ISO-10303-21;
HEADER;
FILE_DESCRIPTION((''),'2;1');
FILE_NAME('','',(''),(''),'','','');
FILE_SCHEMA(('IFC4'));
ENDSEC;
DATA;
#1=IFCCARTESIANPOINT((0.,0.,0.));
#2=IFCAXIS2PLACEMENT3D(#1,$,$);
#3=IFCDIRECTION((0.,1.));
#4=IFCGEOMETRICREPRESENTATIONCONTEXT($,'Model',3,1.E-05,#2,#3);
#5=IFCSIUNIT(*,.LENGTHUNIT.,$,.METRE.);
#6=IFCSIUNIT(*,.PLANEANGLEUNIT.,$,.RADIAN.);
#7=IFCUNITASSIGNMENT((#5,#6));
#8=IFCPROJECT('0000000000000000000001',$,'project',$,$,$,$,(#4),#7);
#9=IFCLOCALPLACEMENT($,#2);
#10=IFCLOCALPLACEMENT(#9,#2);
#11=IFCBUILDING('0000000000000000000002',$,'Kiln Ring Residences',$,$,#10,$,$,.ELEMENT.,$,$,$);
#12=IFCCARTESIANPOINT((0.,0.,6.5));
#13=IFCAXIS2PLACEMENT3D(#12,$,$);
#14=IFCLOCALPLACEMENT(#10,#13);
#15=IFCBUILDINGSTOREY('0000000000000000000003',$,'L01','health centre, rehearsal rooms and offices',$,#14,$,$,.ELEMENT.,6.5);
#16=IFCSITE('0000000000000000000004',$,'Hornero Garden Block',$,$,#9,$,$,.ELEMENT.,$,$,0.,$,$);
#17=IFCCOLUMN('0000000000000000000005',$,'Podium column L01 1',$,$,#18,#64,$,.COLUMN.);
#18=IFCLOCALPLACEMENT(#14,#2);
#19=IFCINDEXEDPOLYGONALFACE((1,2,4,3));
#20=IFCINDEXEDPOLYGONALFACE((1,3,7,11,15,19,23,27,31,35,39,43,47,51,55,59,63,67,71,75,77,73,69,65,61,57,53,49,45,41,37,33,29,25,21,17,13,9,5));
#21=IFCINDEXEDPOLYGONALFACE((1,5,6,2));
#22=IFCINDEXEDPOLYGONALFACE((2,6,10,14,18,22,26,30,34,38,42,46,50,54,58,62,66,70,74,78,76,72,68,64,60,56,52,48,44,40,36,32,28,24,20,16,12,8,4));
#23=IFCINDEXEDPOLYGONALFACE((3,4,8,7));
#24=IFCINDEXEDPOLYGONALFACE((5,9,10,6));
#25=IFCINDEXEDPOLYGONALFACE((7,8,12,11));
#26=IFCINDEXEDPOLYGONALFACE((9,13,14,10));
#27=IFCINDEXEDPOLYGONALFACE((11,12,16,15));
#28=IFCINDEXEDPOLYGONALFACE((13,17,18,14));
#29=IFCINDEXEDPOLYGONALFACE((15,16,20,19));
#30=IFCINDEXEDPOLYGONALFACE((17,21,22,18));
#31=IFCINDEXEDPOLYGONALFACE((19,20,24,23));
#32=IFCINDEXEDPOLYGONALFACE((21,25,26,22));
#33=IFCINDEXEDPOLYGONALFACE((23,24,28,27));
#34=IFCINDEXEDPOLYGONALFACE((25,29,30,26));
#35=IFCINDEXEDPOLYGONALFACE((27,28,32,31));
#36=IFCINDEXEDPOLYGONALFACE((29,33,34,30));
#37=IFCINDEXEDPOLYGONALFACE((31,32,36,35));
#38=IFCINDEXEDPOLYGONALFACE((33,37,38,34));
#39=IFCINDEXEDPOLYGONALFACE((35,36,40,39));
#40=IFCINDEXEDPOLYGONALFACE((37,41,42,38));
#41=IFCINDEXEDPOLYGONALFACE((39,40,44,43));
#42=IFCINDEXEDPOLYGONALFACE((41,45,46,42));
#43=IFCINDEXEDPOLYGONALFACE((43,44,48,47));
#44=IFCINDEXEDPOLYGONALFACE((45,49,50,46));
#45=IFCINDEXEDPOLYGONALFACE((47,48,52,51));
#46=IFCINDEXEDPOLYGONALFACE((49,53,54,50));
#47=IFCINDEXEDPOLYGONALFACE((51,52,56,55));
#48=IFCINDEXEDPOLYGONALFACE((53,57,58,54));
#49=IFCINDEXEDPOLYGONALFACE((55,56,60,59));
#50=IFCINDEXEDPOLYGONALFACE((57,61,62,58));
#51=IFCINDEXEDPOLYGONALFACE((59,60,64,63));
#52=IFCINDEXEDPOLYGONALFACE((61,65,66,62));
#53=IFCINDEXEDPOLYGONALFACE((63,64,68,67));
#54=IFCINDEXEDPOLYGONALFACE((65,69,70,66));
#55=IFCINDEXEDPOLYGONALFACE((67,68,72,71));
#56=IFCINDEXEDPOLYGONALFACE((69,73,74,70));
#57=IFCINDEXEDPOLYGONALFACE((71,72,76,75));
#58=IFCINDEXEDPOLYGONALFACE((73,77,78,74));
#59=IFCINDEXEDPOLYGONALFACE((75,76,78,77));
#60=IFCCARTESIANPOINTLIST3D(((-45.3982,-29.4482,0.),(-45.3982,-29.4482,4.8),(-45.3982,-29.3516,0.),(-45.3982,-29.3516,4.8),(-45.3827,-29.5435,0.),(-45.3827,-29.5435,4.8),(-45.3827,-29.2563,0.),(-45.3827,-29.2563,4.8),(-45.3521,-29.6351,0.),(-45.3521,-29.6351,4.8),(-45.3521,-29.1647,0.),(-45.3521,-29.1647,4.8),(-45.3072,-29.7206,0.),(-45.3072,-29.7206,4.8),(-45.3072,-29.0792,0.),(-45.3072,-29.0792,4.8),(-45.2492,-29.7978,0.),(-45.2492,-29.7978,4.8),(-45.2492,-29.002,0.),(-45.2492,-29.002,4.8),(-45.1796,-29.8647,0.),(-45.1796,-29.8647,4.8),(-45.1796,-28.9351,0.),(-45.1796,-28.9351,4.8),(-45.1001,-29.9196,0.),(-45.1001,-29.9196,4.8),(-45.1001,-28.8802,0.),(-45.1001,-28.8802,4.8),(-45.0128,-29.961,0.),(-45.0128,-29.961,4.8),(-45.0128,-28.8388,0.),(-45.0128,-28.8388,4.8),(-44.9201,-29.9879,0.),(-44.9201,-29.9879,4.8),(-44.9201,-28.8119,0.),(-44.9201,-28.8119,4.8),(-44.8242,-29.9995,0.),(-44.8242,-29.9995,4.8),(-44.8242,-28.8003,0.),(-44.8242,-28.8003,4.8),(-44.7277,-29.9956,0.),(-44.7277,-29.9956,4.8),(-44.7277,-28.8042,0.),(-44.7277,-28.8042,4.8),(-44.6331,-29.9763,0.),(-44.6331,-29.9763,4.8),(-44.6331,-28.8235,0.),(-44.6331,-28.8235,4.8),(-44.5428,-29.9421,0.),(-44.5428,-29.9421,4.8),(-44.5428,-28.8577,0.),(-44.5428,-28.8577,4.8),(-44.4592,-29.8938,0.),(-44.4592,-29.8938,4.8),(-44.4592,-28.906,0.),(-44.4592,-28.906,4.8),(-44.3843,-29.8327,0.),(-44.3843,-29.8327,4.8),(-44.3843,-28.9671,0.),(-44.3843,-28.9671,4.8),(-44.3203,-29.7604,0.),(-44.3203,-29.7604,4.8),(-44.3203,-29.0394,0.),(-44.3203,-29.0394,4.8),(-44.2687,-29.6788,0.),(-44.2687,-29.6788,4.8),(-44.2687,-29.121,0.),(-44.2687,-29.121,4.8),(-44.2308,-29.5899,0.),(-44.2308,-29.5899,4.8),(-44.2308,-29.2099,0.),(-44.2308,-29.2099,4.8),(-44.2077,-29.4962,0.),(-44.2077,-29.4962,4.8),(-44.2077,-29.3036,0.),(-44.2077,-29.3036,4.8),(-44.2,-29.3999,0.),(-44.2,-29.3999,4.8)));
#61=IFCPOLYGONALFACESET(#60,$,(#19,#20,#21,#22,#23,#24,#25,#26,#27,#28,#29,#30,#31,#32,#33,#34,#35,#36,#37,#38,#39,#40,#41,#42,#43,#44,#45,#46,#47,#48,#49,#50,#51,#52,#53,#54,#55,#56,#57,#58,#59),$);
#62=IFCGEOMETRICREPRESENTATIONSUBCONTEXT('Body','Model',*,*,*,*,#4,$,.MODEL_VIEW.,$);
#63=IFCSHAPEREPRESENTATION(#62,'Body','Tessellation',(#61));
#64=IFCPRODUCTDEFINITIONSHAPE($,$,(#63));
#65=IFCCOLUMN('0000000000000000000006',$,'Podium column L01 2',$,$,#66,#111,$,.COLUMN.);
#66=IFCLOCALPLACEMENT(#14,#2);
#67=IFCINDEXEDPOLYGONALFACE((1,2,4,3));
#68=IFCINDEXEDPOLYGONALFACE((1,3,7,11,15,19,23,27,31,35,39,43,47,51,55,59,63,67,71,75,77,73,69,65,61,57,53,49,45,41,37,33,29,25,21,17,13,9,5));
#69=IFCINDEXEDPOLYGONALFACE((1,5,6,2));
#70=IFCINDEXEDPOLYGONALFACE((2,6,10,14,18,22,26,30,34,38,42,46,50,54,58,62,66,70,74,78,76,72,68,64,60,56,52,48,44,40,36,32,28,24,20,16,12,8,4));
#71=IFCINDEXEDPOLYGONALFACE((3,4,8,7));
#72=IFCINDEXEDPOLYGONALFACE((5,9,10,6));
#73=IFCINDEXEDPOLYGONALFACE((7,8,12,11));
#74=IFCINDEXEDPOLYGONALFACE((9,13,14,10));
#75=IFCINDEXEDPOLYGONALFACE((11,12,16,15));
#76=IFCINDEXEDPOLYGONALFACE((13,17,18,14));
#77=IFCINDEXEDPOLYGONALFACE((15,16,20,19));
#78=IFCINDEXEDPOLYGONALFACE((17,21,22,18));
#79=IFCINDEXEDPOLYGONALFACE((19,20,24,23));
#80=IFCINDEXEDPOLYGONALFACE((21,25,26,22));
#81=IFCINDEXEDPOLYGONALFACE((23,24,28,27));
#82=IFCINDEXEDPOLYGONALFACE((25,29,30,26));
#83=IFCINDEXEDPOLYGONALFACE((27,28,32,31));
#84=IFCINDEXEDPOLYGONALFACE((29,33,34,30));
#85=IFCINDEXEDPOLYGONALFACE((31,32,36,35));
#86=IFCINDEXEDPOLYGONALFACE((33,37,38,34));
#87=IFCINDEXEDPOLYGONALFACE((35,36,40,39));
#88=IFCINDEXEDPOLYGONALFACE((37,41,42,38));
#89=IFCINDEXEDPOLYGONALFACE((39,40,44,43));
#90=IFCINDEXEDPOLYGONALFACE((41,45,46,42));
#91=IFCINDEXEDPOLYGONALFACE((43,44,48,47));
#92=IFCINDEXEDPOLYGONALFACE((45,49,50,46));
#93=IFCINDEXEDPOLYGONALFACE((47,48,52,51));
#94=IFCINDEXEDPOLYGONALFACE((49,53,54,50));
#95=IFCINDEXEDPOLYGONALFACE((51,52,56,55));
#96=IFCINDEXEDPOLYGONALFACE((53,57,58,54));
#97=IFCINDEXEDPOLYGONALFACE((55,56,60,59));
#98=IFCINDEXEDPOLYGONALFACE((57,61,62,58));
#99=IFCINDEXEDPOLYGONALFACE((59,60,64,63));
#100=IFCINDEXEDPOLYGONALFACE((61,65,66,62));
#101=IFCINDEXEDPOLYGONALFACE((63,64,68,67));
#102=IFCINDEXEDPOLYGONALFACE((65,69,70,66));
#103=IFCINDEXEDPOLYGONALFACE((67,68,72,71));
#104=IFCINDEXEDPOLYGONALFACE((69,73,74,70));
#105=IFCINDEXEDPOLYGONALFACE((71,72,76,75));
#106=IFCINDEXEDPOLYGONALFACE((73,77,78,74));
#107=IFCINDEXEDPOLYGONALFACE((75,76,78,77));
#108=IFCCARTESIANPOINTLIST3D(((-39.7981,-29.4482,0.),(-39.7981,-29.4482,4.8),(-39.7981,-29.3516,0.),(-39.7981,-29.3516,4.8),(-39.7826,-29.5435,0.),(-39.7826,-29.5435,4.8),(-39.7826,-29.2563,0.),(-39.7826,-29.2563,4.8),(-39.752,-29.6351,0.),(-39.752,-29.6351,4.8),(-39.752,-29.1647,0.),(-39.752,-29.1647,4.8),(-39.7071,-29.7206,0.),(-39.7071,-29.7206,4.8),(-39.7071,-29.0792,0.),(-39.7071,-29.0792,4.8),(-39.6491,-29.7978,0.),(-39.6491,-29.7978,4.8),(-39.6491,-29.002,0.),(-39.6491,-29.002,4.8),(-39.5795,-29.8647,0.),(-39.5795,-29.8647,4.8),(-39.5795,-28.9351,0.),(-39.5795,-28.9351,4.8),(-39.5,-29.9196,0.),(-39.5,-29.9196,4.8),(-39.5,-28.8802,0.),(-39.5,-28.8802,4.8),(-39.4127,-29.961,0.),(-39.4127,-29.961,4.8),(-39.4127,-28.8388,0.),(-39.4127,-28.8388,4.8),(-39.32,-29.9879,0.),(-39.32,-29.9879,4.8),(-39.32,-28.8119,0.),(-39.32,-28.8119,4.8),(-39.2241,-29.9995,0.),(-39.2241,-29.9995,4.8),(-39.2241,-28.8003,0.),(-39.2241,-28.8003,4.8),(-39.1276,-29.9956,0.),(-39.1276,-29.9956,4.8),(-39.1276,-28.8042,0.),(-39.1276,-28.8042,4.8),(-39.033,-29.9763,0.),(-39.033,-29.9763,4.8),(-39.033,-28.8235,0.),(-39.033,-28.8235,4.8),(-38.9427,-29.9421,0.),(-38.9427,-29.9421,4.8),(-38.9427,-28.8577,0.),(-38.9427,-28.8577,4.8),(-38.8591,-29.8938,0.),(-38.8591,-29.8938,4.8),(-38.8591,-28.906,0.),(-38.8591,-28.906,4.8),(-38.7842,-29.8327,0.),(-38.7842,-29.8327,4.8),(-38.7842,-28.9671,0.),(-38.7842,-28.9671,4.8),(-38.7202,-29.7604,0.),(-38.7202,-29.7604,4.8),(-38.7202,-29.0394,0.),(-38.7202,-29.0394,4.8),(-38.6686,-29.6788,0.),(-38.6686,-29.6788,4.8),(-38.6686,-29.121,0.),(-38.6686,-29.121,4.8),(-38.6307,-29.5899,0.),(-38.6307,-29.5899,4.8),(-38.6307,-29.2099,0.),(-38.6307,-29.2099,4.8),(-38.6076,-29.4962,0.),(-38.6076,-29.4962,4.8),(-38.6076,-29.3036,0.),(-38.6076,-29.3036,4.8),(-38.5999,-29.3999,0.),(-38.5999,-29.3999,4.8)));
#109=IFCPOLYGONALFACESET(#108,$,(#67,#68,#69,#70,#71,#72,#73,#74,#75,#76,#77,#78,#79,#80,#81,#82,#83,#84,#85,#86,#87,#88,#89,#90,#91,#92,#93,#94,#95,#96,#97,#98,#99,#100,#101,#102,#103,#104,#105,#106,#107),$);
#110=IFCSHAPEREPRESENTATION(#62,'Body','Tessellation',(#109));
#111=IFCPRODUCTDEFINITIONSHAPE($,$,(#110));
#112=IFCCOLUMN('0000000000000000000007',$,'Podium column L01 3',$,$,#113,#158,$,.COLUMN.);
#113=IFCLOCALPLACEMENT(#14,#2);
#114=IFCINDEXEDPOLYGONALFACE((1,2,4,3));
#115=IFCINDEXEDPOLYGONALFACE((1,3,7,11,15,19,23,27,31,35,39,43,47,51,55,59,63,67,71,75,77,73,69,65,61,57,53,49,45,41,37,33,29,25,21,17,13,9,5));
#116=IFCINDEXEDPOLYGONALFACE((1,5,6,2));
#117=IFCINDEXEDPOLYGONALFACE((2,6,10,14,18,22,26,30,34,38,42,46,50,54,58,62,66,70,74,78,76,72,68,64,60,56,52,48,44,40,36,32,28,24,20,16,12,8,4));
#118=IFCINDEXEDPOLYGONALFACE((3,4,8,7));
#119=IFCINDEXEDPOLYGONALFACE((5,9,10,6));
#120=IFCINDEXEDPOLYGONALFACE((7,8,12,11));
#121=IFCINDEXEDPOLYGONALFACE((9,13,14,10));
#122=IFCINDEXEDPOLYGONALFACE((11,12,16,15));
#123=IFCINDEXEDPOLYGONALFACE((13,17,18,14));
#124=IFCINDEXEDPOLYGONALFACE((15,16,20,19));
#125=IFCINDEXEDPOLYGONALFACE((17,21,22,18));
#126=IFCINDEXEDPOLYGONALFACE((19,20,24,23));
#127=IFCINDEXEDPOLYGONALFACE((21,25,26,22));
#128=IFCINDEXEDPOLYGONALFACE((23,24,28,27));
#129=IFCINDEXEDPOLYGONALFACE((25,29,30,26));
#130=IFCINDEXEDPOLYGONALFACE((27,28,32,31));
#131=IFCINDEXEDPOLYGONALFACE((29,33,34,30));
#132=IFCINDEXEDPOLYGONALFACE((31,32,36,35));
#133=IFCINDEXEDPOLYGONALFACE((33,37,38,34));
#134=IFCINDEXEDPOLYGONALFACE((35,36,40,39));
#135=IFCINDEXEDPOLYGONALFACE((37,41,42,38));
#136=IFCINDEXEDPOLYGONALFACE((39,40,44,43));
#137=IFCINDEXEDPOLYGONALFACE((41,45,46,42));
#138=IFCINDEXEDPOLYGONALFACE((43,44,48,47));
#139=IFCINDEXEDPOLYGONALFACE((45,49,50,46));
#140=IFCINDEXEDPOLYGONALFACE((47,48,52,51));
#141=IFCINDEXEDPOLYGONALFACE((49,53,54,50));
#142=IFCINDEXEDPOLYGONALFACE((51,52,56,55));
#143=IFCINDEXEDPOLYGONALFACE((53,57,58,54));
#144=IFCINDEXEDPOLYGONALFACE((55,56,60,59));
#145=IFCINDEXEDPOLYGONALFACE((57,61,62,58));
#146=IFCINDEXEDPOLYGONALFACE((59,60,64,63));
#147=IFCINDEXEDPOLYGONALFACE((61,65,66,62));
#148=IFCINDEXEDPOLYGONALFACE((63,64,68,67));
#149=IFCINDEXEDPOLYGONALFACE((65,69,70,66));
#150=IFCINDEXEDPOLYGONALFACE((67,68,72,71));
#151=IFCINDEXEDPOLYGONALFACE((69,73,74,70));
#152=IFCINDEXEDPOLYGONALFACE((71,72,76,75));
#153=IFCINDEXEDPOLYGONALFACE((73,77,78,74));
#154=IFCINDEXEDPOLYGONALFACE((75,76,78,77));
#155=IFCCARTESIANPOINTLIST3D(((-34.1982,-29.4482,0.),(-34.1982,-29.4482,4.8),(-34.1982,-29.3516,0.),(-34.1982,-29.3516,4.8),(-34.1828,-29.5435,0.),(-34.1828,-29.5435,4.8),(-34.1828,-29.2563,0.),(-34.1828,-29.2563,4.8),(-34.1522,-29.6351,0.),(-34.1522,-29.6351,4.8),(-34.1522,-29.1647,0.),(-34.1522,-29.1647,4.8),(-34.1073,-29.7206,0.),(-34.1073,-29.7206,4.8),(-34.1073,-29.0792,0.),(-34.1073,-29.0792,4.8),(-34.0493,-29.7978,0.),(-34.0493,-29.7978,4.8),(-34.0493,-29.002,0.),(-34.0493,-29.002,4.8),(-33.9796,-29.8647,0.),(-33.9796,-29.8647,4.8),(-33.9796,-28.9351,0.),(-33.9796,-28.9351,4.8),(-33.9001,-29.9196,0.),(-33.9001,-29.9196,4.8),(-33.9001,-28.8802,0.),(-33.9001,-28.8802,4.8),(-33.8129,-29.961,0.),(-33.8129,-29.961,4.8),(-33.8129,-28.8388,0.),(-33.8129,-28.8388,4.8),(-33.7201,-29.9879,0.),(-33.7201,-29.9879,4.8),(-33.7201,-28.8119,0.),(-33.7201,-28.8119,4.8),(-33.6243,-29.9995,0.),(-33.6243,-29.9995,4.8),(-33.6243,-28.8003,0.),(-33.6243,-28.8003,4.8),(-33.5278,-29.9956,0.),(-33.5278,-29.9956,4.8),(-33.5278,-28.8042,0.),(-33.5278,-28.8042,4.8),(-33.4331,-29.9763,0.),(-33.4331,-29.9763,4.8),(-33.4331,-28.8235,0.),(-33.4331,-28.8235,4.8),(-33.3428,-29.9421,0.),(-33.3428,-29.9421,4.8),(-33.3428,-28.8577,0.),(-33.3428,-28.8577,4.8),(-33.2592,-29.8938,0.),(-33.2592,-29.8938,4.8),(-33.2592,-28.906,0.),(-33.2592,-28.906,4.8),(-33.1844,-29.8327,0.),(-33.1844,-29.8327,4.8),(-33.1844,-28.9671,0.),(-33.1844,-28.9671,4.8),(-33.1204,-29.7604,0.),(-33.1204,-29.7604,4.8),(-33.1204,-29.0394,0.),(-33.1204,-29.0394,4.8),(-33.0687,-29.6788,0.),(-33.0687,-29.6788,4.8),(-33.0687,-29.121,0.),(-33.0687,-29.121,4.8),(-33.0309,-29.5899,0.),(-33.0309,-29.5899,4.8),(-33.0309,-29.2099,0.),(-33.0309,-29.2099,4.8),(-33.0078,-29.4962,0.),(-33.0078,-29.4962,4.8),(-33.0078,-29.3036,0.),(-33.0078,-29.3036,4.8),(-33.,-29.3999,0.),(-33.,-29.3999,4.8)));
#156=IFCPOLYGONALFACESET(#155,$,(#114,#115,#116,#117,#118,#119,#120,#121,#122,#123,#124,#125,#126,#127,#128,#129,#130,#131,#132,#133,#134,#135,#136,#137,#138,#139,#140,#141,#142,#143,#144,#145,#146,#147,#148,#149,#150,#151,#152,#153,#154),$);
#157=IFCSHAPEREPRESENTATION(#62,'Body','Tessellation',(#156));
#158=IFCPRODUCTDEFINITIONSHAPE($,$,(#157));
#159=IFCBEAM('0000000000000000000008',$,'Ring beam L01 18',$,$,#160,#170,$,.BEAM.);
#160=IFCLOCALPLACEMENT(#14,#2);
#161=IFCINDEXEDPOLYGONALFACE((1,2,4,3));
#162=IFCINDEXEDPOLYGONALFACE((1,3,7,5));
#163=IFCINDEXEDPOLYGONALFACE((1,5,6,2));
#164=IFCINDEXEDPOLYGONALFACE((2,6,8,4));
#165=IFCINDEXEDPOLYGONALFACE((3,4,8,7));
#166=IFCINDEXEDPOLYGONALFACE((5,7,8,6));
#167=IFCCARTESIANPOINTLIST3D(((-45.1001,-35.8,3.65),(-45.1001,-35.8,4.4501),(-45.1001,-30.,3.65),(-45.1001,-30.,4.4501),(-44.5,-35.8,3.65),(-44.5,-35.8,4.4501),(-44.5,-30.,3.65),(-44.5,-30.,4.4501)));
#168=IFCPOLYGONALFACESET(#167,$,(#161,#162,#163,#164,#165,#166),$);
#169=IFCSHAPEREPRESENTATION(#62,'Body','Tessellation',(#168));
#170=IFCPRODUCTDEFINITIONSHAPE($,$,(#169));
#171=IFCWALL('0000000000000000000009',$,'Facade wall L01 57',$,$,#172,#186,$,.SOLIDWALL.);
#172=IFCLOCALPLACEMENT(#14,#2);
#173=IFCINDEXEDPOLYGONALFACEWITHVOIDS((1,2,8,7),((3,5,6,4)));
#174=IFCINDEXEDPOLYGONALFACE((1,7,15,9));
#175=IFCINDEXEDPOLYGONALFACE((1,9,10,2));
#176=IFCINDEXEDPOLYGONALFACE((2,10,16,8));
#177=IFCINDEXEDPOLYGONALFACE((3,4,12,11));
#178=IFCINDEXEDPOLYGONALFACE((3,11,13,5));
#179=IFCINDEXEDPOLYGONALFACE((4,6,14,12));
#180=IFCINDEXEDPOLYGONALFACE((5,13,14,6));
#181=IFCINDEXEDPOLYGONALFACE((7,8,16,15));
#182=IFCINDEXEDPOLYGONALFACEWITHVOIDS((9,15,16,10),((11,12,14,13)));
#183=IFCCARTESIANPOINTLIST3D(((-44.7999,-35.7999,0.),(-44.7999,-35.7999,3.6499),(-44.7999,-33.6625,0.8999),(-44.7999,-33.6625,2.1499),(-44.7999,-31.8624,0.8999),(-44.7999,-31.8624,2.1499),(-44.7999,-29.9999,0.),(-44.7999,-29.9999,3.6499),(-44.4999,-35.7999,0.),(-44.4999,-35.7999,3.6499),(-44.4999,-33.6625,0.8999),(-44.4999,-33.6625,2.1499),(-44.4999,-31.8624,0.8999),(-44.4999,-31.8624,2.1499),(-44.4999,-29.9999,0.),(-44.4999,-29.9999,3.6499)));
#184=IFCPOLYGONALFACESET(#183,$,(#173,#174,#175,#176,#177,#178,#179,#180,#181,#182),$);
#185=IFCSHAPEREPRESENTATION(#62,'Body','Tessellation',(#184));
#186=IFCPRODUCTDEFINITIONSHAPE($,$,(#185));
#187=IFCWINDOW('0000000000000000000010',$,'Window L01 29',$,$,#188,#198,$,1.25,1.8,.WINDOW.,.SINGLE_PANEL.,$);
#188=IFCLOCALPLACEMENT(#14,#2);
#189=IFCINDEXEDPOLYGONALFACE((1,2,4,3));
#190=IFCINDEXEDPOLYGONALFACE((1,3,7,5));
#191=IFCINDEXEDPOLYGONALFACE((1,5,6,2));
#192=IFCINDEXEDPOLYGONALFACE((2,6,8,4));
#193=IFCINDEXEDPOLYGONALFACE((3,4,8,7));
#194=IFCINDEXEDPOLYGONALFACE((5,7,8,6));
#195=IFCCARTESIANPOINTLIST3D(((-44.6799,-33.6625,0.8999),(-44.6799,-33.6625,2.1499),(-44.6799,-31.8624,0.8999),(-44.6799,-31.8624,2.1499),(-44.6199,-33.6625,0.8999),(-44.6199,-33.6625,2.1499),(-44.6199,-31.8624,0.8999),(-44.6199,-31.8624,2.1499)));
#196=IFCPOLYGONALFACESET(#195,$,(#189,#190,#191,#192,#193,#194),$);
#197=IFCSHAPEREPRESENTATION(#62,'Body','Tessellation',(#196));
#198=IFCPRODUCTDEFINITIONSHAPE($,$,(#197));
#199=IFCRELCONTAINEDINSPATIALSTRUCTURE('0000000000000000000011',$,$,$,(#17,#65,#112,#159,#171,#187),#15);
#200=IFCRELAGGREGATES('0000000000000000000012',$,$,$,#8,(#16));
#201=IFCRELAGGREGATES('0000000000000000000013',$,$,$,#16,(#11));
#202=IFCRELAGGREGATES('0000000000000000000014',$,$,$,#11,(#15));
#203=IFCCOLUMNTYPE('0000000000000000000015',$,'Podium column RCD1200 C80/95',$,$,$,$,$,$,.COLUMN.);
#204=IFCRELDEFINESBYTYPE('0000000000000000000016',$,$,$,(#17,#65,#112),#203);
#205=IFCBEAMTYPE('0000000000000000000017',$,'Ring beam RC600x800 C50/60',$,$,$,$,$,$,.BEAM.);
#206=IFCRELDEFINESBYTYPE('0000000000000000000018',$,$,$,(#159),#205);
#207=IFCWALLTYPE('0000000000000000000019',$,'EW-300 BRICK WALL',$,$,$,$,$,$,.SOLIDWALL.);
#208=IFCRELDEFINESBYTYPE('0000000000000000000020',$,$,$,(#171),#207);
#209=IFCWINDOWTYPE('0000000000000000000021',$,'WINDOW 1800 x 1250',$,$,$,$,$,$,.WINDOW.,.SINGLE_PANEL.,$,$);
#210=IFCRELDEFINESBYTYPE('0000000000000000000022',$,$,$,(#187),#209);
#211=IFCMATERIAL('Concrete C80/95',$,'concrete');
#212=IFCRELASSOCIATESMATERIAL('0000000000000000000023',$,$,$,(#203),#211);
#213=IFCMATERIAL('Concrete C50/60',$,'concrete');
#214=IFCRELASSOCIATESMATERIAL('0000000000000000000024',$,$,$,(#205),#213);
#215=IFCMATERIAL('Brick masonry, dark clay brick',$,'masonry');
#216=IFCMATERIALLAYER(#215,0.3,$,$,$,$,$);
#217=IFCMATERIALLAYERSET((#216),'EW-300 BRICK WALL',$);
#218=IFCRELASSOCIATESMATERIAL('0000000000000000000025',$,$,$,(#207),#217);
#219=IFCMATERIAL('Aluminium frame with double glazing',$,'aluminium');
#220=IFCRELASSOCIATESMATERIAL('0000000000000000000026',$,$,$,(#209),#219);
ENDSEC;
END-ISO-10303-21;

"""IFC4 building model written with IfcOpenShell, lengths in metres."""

from ifc_helpers import new_model, si_unit, direction, frame, frame_2d, origin, origin_2d, place, context, subcontext, project, spatial, rectangle, circle, extrude, material, layer, layer_set, material_profile, profile_set, type_object, element, fill, save


model = new_model("IFC4")

# Units and contexts
model_context = context("Model", 3, precision=1e-05, world=origin(), true_north=direction((0.0, 1.0)))
body_context = subcontext(model_context, "Body", "Model", "MODEL_VIEW")
ifc_project = project(units=[si_unit("LENGTHUNIT", "METRE"), si_unit("PLANEANGLEUNIT", "RADIAN")], contexts=[model_context])

# Site, building, storey
site_placement = place(None, origin())
site = spatial("IfcSite", under=ifc_project, at=site_placement, Name="Hornero Garden Block", CompositionType="ELEMENT", RefElevation=0.0)
building_placement = place(site_placement, origin())
building = spatial("IfcBuilding", under=site, at=building_placement, Name="Kiln Ring Residences", CompositionType="ELEMENT")
storey_placement = place(building_placement, frame((0.0, 0.0, 6.5)))
storey = spatial("IfcBuildingStorey", under=building, at=storey_placement, Name="L01", Description="health centre, rehearsal rooms and offices", CompositionType="ELEMENT", Elevation=6.5)

# Columns
ifc_material_1 = material(Name="Concrete C80/95", Category="concrete")
ifc_material_profile_1 = material_profile(ifc_material_1, circle(Radius=0.6001, at=origin_2d()), Name="RCD1200")
ifc_profile_set_1 = profile_set([ifc_material_profile_1], Name="Concrete C80/95")
column_type = type_object("IfcColumnType", Name="Podium column RCD1200 C80/95", PredefinedType="COLUMN", material=ifc_profile_set_1)
for number, where, z_axis, x_axis, name in (
    (1, (-44.8, -29.3999, 0.0), (0.0, 0.0, 1.0), (1.0, 0.0, 0.0), "Podium column L01 1"),
    (2, (-39.2, -29.3999, 0.0), (0.0, 0.0, 1.0), (1.0, 0.0, 0.0), "Podium column L01 2"),
    (3, (-33.6001, -29.3999, 0.0), (0.0, 0.0, 1.0), (1.0, 0.0, 0.0), "Podium column L01 3"),
):
    element("IfcColumn", number, at=place(storey_placement, frame(where, z_axis=z_axis, x_axis=x_axis)), inside=storey, type_object=column_type, Name=name, PredefinedType="COLUMN", context=body_context, shape_type="SweptSolid", body=[
        extrude(circle(Radius=0.6001, at=origin_2d()), origin(), (0.0, 0.0, 1.0), 4.8),
    ])

# Beam
ifc_material_2 = material(Name="Concrete C50/60", Category="concrete")
ifc_material_profile_2 = material_profile(ifc_material_2, rectangle(XDim=0.6001, YDim=0.8, at=origin_2d()), Name="RC600x800")
ifc_profile_set_2 = profile_set([ifc_material_profile_2], Name="Concrete C50/60")
beam_type = type_object("IfcBeamType", Name="Ring beam RC600x800 C50/60", PredefinedType="BEAM", material=ifc_profile_set_2)
beam_placement = place(storey_placement, frame((-44.8, -30.0, 4.05), z_axis=(0.0, -1.0, 0.0), x_axis=(1.0, 0.0, 0.0)))
element("IfcBeam", 4, at=beam_placement, inside=storey, type_object=beam_type, Name="Ring beam L01 18", PredefinedType="BEAM", context=body_context, shape_type="SweptSolid", body=[
    extrude(rectangle(XDim=0.6001, YDim=0.8, at=origin_2d()), origin(), (0.0, 0.0, 1.0), 5.8),
])

# Wall, opening, window
ifc_material_3 = material(Name="Brick masonry, dark clay brick", Category="masonry")
ifc_layer_1 = layer(ifc_material_3, 0.3)
ifc_layer_set_1 = layer_set([ifc_layer_1], Name="EW-300 BRICK WALL")
wall_type_1 = type_object("IfcWallType", Name="EW-300 BRICK WALL", PredefinedType="SOLIDWALL", material=ifc_layer_set_1)
wall_1_placement = place(storey_placement, frame((-44.6499, -30.0, 0.0), z_axis=(0.0, 0.0, 1.0), x_axis=(0.0, -1.0, 0.0)))
wall_1 = element("IfcWall", 5, at=wall_1_placement, inside=storey, type_object=wall_type_1, Name="Facade wall L01 57", PredefinedType="SOLIDWALL", context=body_context, shape_type="SweptSolid", body=[
    extrude(rectangle(XDim=5.8, YDim=0.3, at=frame_2d((2.8999, 0.0))), origin(), (0.0, 0.0, 1.0), 3.6499),
])
opening_1_placement = place(wall_1_placement, frame((1.8625, 0.0, 0.8999)))
opening_1 = element("IfcOpeningElement", 6, at=opening_1_placement, cuts=wall_1, PredefinedType="OPENING", context=body_context, shape_type="SweptSolid", body=[
    extrude(rectangle(XDim=1.8, YDim=1.25, at=frame_2d((0.8999, 0.625))), frame((0.0, 0.1599, 0.0), z_axis=(0.0, -1.0, 0.0), x_axis=(1.0, 0.0, 0.0)), (0.0, 0.0, 1.0), 0.3201),
])
ifc_material_4 = material(Name="Aluminium frame with double glazing", Category="aluminium")
window_type = type_object("IfcWindowType", Name="WINDOW 1800 x 1250", PartitioningType="SINGLE_PANEL", PredefinedType="WINDOW", material=ifc_material_4)
window_placement = place(opening_1_placement, origin())
window = element("IfcWindow", 7, at=window_placement, inside=storey, type_object=window_type, Name="Window L01 29", OverallHeight=1.25, OverallWidth=1.8, PartitioningType="SINGLE_PANEL", PredefinedType="WINDOW", context=body_context, shape_type="SweptSolid", body=[
    extrude(rectangle(XDim=1.8, YDim=1.25, at=frame_2d((0.8999, 0.625))), frame((0.0, 0.03, 0.0), z_axis=(0.0, -1.0, 0.0), x_axis=(1.0, 0.0, 0.0)), (0.0, 0.0, 1.0), 0.0601),
])
fill(opening_1, window)

save(model, "model.ifc")
